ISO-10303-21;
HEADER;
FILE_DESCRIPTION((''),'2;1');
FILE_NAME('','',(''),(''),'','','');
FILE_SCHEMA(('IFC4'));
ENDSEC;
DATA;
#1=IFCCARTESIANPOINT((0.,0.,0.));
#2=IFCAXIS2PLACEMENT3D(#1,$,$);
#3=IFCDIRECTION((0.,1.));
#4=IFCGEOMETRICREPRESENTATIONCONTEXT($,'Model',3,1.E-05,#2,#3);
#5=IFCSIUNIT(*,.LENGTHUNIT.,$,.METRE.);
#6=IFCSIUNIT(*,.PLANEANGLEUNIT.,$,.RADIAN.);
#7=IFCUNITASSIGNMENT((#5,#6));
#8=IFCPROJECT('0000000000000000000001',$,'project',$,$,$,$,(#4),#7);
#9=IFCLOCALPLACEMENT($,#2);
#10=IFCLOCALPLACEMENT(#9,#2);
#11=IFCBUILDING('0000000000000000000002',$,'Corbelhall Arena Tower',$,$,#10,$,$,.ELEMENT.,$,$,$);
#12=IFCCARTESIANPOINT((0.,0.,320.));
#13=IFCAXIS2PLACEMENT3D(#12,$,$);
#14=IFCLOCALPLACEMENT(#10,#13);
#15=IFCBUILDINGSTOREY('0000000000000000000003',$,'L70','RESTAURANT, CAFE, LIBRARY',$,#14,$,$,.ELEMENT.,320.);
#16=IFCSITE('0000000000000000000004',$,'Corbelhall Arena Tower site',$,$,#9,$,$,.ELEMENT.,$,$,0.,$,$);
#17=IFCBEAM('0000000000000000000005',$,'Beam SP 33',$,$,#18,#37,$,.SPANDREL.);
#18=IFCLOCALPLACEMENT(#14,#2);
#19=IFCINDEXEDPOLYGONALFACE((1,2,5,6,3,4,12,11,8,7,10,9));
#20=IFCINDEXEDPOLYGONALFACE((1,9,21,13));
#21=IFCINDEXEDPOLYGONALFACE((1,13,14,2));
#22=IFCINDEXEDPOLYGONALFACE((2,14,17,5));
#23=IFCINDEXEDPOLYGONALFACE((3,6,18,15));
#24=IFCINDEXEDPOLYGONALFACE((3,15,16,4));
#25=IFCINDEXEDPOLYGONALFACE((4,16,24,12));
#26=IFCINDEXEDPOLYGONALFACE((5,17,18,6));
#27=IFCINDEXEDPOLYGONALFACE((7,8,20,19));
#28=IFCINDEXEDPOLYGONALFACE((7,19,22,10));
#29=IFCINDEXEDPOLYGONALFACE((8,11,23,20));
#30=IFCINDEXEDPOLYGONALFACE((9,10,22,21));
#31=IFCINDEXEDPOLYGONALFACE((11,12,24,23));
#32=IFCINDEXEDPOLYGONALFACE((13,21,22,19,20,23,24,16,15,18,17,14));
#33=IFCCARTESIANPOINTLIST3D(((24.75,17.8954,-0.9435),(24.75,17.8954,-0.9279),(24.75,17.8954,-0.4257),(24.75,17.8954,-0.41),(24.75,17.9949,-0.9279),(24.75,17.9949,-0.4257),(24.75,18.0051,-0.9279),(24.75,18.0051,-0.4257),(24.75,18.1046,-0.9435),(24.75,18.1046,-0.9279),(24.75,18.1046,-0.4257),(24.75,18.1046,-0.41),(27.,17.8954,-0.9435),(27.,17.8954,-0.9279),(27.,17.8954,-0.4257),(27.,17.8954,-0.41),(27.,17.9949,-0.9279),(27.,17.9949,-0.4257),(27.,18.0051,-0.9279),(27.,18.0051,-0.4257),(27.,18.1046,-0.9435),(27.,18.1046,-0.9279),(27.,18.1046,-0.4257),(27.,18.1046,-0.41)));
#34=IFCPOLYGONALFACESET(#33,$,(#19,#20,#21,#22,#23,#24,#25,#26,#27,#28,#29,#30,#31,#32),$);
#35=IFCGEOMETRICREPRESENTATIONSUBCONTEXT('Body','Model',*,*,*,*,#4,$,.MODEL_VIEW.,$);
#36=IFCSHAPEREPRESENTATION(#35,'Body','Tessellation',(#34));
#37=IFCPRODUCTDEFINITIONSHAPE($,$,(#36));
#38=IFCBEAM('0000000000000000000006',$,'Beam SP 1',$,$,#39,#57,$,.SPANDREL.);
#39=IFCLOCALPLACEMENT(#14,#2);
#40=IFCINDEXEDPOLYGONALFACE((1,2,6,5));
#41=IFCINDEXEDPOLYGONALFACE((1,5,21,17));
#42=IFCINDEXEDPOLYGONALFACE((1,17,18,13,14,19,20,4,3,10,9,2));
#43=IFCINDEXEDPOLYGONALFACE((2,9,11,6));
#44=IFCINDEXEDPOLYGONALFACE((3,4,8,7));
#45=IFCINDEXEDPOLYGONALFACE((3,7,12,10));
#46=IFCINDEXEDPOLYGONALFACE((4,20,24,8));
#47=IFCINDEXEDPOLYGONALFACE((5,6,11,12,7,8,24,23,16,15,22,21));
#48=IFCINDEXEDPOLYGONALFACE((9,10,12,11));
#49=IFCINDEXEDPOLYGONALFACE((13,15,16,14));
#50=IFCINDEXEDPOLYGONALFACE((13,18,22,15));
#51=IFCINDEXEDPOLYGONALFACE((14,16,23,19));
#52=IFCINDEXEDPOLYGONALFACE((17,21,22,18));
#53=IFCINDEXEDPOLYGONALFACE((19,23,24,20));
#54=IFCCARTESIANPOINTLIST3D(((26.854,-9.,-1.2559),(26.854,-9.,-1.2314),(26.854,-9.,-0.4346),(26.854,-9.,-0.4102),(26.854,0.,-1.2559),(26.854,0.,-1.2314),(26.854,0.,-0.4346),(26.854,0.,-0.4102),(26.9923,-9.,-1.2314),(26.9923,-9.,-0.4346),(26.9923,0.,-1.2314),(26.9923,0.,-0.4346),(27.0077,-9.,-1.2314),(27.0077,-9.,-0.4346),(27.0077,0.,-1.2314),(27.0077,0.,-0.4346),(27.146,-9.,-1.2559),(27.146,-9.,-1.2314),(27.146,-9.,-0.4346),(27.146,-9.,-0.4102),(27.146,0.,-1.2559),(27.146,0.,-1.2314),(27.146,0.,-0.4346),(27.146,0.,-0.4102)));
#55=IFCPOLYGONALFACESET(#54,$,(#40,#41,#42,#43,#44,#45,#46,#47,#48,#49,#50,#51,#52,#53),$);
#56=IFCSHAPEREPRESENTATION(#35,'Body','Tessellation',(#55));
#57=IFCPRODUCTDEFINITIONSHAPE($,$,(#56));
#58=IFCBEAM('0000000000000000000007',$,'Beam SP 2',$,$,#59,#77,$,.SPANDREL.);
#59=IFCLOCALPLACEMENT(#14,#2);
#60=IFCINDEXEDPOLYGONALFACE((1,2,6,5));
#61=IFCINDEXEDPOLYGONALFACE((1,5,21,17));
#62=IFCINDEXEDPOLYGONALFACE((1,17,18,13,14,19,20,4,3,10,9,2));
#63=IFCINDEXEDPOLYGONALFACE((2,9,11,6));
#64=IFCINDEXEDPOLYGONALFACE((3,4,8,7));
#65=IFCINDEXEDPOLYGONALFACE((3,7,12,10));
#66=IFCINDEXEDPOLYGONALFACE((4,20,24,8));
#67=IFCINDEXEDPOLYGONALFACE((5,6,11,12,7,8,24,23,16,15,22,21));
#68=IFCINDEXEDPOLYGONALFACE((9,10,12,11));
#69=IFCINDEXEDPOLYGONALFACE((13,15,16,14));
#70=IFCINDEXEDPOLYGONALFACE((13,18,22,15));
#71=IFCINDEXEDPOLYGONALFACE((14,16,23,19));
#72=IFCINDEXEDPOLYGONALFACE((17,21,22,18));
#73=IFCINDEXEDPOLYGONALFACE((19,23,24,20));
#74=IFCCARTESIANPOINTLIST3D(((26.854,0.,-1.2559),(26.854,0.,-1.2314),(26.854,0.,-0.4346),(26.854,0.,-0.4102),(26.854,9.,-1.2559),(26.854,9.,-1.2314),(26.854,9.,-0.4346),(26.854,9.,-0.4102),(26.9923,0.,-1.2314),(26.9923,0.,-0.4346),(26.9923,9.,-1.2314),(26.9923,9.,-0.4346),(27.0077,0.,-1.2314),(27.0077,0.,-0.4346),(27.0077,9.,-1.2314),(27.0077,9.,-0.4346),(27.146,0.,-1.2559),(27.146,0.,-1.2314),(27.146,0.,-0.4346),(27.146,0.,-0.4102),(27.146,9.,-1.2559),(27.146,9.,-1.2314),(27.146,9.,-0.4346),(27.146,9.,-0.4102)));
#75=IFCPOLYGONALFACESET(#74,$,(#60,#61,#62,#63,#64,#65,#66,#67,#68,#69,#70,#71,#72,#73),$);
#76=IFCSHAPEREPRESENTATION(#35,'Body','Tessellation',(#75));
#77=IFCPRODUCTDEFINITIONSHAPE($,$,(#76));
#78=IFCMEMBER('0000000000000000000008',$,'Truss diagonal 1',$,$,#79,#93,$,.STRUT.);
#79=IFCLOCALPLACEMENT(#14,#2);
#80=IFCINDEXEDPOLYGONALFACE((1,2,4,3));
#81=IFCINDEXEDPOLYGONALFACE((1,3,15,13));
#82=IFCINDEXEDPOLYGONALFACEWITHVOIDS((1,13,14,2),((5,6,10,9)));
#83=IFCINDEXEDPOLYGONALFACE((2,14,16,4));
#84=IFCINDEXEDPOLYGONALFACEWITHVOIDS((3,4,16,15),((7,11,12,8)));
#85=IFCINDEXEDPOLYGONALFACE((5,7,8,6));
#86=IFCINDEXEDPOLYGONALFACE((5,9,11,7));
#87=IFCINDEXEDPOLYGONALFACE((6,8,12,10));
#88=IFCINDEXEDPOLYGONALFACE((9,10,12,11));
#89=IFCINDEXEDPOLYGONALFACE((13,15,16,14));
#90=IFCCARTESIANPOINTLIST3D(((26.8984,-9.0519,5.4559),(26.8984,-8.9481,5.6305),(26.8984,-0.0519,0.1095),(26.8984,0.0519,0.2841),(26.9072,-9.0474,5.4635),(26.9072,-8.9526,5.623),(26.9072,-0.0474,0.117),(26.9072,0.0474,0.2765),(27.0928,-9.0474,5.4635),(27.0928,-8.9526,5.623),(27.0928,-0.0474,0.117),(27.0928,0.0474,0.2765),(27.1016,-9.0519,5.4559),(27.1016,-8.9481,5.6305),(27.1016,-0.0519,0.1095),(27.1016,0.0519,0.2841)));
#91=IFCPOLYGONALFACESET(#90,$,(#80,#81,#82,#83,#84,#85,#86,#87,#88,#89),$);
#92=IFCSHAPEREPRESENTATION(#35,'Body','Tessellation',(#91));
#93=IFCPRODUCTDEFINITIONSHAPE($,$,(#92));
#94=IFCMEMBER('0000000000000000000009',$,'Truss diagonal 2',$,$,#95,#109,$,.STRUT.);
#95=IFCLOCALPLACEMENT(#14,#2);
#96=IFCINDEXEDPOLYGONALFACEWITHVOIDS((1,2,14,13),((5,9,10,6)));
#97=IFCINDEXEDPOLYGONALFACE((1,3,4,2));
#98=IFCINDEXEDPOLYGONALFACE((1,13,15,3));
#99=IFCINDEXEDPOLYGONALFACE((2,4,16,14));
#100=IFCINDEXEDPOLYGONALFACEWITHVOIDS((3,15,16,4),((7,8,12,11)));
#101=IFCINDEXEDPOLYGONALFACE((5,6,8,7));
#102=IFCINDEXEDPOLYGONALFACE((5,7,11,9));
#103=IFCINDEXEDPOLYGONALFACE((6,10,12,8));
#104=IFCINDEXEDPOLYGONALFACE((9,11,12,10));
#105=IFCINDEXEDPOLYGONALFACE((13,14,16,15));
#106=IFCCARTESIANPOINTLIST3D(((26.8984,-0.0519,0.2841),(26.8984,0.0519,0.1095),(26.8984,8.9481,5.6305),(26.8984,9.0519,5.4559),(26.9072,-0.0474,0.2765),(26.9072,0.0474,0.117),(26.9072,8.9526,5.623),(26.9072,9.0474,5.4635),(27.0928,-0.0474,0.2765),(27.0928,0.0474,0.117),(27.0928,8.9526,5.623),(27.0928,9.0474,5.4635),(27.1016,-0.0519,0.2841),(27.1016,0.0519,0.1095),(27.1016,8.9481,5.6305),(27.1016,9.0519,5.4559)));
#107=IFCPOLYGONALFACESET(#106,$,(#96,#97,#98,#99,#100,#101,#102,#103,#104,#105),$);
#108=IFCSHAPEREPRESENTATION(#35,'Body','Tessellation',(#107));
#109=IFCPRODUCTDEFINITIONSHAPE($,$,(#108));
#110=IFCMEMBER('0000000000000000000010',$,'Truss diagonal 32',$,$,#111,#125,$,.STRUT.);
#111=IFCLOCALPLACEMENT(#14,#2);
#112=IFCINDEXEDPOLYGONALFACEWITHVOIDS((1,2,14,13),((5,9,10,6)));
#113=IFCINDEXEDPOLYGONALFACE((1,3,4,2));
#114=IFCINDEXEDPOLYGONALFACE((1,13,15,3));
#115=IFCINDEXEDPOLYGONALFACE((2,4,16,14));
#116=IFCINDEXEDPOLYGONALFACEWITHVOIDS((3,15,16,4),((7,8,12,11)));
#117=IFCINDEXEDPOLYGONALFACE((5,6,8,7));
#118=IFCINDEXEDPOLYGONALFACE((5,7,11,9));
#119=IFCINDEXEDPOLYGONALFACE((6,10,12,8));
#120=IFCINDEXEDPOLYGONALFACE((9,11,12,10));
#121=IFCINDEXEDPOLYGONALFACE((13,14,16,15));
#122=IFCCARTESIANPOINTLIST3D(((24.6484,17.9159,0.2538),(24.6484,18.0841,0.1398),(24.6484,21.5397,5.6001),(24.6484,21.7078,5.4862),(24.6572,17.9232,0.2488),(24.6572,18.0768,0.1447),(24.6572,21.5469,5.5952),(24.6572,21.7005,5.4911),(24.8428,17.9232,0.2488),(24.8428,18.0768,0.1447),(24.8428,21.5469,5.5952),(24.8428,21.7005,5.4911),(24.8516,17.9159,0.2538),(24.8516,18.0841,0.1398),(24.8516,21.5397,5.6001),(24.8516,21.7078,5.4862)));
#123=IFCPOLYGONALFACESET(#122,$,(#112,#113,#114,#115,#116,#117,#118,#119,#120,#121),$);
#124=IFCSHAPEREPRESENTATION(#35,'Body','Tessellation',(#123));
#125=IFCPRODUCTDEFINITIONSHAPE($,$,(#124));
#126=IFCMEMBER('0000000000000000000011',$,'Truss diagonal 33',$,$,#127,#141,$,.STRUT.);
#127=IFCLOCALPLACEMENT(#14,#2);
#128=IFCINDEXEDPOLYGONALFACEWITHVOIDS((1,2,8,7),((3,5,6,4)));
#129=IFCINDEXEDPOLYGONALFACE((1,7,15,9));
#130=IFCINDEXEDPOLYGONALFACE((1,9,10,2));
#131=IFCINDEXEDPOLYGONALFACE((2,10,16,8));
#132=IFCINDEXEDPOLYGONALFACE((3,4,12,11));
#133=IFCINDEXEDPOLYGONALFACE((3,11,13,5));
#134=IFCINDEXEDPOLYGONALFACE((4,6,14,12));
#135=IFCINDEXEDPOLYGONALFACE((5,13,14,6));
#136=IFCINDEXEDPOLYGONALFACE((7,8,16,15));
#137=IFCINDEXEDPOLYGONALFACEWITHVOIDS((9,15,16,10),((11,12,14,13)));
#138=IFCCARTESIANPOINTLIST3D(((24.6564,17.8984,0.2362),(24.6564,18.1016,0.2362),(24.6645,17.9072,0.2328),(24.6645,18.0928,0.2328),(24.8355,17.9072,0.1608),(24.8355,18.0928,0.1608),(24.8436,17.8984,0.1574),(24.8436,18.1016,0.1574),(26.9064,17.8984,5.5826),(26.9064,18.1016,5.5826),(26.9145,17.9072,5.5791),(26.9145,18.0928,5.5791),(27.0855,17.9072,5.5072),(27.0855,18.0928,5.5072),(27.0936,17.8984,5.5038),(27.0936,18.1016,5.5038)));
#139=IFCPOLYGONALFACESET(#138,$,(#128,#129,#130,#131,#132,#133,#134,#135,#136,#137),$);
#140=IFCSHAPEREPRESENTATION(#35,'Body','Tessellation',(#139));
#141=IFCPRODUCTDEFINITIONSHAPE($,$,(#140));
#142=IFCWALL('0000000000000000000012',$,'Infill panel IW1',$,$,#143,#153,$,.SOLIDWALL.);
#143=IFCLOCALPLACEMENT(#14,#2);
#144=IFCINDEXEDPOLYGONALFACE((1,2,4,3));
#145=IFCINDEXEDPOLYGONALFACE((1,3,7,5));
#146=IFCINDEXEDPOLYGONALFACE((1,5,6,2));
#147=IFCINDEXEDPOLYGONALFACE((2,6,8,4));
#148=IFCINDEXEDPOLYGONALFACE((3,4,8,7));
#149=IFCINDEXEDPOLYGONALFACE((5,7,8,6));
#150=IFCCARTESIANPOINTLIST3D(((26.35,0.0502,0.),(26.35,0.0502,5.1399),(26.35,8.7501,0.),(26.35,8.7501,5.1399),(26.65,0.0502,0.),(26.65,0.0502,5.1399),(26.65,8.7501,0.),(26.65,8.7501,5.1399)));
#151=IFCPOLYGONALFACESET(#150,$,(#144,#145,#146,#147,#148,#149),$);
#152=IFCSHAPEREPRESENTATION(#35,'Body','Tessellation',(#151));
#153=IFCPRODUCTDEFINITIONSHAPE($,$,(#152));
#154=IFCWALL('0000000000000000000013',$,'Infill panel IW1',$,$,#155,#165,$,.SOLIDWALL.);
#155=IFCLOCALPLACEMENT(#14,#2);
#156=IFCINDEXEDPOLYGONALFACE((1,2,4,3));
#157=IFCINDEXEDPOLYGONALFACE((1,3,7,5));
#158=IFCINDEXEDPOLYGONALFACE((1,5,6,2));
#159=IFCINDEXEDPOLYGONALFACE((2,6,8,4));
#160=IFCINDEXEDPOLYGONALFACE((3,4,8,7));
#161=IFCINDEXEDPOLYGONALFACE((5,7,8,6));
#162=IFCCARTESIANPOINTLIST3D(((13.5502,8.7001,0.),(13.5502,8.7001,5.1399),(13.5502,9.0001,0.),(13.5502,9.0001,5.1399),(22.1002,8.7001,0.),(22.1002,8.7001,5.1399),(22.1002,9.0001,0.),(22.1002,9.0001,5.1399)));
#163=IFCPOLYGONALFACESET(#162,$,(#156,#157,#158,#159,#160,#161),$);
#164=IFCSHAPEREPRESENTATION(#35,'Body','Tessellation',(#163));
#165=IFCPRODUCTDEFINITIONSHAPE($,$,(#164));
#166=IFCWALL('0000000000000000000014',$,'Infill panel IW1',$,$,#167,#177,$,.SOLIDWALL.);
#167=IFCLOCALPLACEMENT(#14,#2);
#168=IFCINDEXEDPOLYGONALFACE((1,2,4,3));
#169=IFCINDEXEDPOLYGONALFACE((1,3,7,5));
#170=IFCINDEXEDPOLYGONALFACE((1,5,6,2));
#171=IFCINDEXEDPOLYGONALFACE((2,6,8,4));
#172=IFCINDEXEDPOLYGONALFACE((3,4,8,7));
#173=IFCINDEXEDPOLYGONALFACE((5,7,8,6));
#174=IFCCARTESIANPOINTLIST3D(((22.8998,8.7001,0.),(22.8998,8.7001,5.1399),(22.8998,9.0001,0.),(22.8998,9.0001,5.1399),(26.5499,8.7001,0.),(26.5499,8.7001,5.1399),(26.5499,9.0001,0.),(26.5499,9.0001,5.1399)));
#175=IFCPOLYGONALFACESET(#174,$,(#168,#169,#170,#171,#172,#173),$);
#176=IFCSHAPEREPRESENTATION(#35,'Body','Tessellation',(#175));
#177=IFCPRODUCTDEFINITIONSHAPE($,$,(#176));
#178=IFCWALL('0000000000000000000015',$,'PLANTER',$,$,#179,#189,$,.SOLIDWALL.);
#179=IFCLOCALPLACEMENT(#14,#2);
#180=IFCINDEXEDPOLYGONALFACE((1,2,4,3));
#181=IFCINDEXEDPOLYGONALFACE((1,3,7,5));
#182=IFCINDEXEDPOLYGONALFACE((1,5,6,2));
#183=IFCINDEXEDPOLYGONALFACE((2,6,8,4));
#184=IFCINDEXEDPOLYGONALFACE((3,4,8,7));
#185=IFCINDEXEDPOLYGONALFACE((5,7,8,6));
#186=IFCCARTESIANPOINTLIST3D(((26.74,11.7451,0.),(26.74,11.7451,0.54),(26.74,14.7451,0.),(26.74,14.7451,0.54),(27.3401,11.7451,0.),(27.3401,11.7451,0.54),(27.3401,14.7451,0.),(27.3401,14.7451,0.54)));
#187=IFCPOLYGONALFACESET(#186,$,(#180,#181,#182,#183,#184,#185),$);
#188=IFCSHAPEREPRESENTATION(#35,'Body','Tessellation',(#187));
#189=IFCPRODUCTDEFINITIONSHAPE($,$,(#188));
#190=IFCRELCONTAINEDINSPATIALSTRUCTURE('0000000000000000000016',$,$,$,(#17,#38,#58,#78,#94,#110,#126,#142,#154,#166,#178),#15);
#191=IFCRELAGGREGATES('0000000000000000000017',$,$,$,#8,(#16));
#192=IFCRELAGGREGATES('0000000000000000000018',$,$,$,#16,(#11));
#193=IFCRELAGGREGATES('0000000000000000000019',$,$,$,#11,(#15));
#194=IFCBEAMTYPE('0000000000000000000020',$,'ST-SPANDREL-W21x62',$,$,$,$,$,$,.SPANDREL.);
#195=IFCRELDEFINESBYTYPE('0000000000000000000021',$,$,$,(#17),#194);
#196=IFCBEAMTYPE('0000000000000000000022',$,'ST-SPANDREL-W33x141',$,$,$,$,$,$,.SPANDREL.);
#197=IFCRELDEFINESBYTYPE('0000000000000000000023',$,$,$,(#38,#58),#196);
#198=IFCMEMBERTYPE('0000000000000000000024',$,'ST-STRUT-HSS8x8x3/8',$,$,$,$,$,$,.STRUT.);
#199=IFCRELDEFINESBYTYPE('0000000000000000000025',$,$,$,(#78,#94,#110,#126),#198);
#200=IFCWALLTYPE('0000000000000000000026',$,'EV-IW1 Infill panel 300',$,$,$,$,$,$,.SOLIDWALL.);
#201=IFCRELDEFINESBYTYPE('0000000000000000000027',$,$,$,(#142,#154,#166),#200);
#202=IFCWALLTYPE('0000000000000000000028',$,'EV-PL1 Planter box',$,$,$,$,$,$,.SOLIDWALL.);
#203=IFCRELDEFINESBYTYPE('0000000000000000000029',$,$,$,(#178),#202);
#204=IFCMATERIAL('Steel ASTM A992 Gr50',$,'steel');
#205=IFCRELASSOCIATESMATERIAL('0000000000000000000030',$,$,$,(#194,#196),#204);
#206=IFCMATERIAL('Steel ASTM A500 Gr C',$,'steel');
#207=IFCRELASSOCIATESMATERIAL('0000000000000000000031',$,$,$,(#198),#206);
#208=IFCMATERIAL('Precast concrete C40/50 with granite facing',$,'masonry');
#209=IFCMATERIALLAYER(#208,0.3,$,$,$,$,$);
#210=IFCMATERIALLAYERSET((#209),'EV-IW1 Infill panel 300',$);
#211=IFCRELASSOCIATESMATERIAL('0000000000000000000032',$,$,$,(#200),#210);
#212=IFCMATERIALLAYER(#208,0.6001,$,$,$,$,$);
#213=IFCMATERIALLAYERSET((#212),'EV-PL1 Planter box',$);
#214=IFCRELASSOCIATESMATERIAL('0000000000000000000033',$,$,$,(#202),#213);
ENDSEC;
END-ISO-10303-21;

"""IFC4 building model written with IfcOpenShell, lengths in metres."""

from ifc_helpers import new_model, si_unit, direction, frame, frame_2d, origin, origin_2d, place, context, subcontext, project, spatial, rectangle, hollow_rectangle, i_section, extrude, material, layer, layer_set, material_profile, profile_set, type_object, element, save


model = new_model("IFC4")

# Units and contexts
model_context = context("Model", 3, precision=1e-05, world=origin(), true_north=direction((0.0, 1.0)))
body_context = subcontext(model_context, "Body", "Model", "MODEL_VIEW")
ifc_project = project(units=[si_unit("LENGTHUNIT", "METRE"), si_unit("PLANEANGLEUNIT", "RADIAN")], contexts=[model_context])

# Site, building, storey
site_placement = place(None, origin())
site = spatial("IfcSite", under=ifc_project, at=site_placement, Name="Corbelhall Arena Tower site", CompositionType="ELEMENT", RefElevation=0.0)
building_placement = place(site_placement, origin())
building = spatial("IfcBuilding", under=site, at=building_placement, Name="Corbelhall Arena Tower", CompositionType="ELEMENT")
storey_placement = place(building_placement, frame((0.0, 0.0, 320.0)))
storey = spatial("IfcBuildingStorey", under=building, at=storey_placement, Name="L70", Description="RESTAURANT, CAFE, LIBRARY", CompositionType="ELEMENT", Elevation=320.0)

# Shared definitions
ifc_material_1 = material(Name="Steel ASTM A992 Gr50", Category="steel")

# Beams
ifc_material_profile_1 = material_profile(ifc_material_1, i_section(OverallWidth=0.2092, OverallDepth=0.5334, WebThickness=0.0103, FlangeThickness=0.0156, at=origin_2d()))
ifc_profile_set_1 = profile_set([ifc_material_profile_1], Name="Steel ASTM A992 Gr50")
beam_type_1 = type_object("IfcBeamType", Name="ST-SPANDREL-W21x62", PredefinedType="SPANDREL", material=ifc_profile_set_1)
beam_placement = place(storey_placement, frame((24.75, 18.0, -0.6768), z_axis=(1.0, 0.0, 0.0), x_axis=(0.0, 1.0, 0.0)))
element("IfcBeam", 1, at=beam_placement, inside=storey, type_object=beam_type_1, Name="Beam SP 33", PredefinedType="SPANDREL", context=body_context, shape_type="SweptSolid", body=[
    extrude(i_section(OverallWidth=0.2092, OverallDepth=0.5334, WebThickness=0.0103, FlangeThickness=0.0156, at=origin_2d()), origin(), (0.0, 0.0, 1.0), 2.25),
])
ifc_material_profile_2 = material_profile(ifc_material_1, i_section(OverallWidth=0.292, OverallDepth=0.8457, WebThickness=0.0154, FlangeThickness=0.0244, at=origin_2d()))
ifc_profile_set_2 = profile_set([ifc_material_profile_2], Name="Steel ASTM A992 Gr50")
beam_type_2 = type_object("IfcBeamType", Name="ST-SPANDREL-W33x141", PredefinedType="SPANDREL", material=ifc_profile_set_2)
for number, where, z_axis, x_axis, name in (
    (2, (27.0, 0.0, -0.833), (0.0, -1.0, 0.0), (1.0, 0.0, 0.0), "Beam SP 1"),
    (3, (27.0, 9.0, -0.833), (0.0, -1.0, 0.0), (1.0, 0.0, 0.0), "Beam SP 2"),
):
    element("IfcBeam", number, at=place(storey_placement, frame(where, z_axis=z_axis, x_axis=x_axis)), inside=storey, type_object=beam_type_2, Name=name, PredefinedType="SPANDREL", context=body_context, shape_type="SweptSolid", body=[
        extrude(i_section(OverallWidth=0.292, OverallDepth=0.8457, WebThickness=0.0154, FlangeThickness=0.0244, at=origin_2d()), origin(), (0.0, 0.0, 1.0), 9.0),
    ])

# Members
ifc_material_2 = material(Name="Steel ASTM A500 Gr C", Category="steel")
ifc_material_profile_3 = material_profile(ifc_material_2, hollow_rectangle(XDim=0.2031, YDim=0.2031, WallThickness=0.0088, at=origin_2d()))
ifc_profile_set_3 = profile_set([ifc_material_profile_3], Name="Steel ASTM A500 Gr C")
member_type_1 = type_object("IfcMemberType", Name="ST-STRUT-HSS8x8x3/8", PredefinedType="STRUT", material=ifc_profile_set_3)
for number, where, z_axis, x_axis, name in (
    (4, (27.0, 0.0, 0.1968), (0.0, -0.859742, 0.510728), (1.0, 0.0, 0.0), "Truss diagonal 1"),
    (5, (27.0, 0.0, 0.1968), (0.0, 0.859742, 0.510728), (-1.0, 0.0, 0.0), "Truss diagonal 2"),
):
    element("IfcMember", number, at=place(storey_placement, frame(where, z_axis=z_axis, x_axis=x_axis)), inside=storey, type_object=member_type_1, Name=name, PredefinedType="STRUT", context=body_context, shape_type="SweptSolid", body=[
        extrude(hollow_rectangle(XDim=0.2031, YDim=0.2031, WallThickness=0.0088, at=origin_2d()), origin(), (0.0, 0.0, 1.0), 10.4683),
    ])
member_1_placement = place(storey_placement, frame((24.75, 18.0, 0.1968), z_axis=(0.0, 0.56106, 0.827775), x_axis=(-1.0, 0.0, 0.0)))
element("IfcMember", 6, at=member_1_placement, inside=storey, type_object=member_type_1, Name="Truss diagonal 32", PredefinedType="STRUT", context=body_context, shape_type="SweptSolid", body=[
    extrude(hollow_rectangle(XDim=0.2031, YDim=0.2031, WallThickness=0.0088, at=origin_2d()), origin(), (0.0, 0.0, 1.0), 6.4587),
])
member_2_placement = place(storey_placement, frame((24.75, 18.0, 0.1968), z_axis=(0.387891, 0.0, 0.921705), x_axis=(0.0, 1.0, 0.0)))
element("IfcMember", 7, at=member_2_placement, inside=storey, type_object=member_type_1, Name="Truss diagonal 33", PredefinedType="STRUT", context=body_context, shape_type="SweptSolid", body=[
    extrude(hollow_rectangle(XDim=0.2031, YDim=0.2031, WallThickness=0.0088, at=origin_2d()), origin(), (0.0, 0.0, 1.0), 5.8005),
])

# Walls
ifc_material_3 = material(Name="Precast concrete C40/50 with granite facing", Category="masonry")
ifc_layer_1 = layer(ifc_material_3, 0.3)
ifc_layer_set_1 = layer_set([ifc_layer_1], Name="EV-IW1 Infill panel 300")
wall_type_1 = type_object("IfcWallType", Name="EV-IW1 Infill panel 300", PredefinedType="SOLIDWALL", material=ifc_layer_set_1)
wall_1_placement = place(storey_placement, frame((26.5, 0.05, 0.0), z_axis=(0.0, 0.0, 1.0), x_axis=(0.0, 1.0, 0.0)))
element("IfcWall", 8, at=wall_1_placement, inside=storey, type_object=wall_type_1, Name="Infill panel IW1", PredefinedType="SOLIDWALL", context=body_context, shape_type="SweptSolid", body=[
    extrude(rectangle(XDim=8.7, YDim=0.3, at=frame_2d((4.3501, 0.0))), origin(), (0.0, 0.0, 1.0), 5.1399),
])
wall_2_placement = place(storey_placement, frame((22.1001, 8.8501, 0.0), z_axis=(0.0, 0.0, 1.0), x_axis=(-1.0, 0.0, 0.0)))
element("IfcWall", 9, at=wall_2_placement, inside=storey, type_object=wall_type_1, Name="Infill panel IW1", PredefinedType="SOLIDWALL", context=body_context, shape_type="SweptSolid", body=[
    extrude(rectangle(XDim=8.55, YDim=0.3, at=frame_2d((4.2749, 0.0))), origin(), (0.0, 0.0, 1.0), 5.1399),
])
wall_3_placement = place(storey_placement, frame((26.55, 8.8501, 0.0), z_axis=(0.0, 0.0, 1.0), x_axis=(-1.0, 0.0, 0.0)))
element("IfcWall", 10, at=wall_3_placement, inside=storey, type_object=wall_type_1, Name="Infill panel IW1", PredefinedType="SOLIDWALL", context=body_context, shape_type="SweptSolid", body=[
    extrude(rectangle(XDim=3.6501, YDim=0.3, at=frame_2d((1.8252, 0.0))), origin(), (0.0, 0.0, 1.0), 5.1399),
])
ifc_layer_2 = layer(ifc_material_3, 0.6001)
ifc_layer_set_2 = layer_set([ifc_layer_2], Name="EV-PL1 Planter box")
wall_type_2 = type_object("IfcWallType", Name="EV-PL1 Planter box", PredefinedType="SOLIDWALL", material=ifc_layer_set_2)
wall_4_placement = place(storey_placement, frame((27.04, 14.7451, 0.0), z_axis=(0.0, 0.0, 1.0), x_axis=(0.0, -1.0, 0.0)))
element("IfcWall", 11, at=wall_4_placement, inside=storey, type_object=wall_type_2, Name="PLANTER", PredefinedType="SOLIDWALL", context=body_context, shape_type="SweptSolid", body=[
    extrude(rectangle(XDim=3.0, YDim=0.6001, at=frame_2d((1.5, 0.0))), origin(), (0.0, 0.0, 1.0), 0.54),
])

save(model, "model.ifc")
